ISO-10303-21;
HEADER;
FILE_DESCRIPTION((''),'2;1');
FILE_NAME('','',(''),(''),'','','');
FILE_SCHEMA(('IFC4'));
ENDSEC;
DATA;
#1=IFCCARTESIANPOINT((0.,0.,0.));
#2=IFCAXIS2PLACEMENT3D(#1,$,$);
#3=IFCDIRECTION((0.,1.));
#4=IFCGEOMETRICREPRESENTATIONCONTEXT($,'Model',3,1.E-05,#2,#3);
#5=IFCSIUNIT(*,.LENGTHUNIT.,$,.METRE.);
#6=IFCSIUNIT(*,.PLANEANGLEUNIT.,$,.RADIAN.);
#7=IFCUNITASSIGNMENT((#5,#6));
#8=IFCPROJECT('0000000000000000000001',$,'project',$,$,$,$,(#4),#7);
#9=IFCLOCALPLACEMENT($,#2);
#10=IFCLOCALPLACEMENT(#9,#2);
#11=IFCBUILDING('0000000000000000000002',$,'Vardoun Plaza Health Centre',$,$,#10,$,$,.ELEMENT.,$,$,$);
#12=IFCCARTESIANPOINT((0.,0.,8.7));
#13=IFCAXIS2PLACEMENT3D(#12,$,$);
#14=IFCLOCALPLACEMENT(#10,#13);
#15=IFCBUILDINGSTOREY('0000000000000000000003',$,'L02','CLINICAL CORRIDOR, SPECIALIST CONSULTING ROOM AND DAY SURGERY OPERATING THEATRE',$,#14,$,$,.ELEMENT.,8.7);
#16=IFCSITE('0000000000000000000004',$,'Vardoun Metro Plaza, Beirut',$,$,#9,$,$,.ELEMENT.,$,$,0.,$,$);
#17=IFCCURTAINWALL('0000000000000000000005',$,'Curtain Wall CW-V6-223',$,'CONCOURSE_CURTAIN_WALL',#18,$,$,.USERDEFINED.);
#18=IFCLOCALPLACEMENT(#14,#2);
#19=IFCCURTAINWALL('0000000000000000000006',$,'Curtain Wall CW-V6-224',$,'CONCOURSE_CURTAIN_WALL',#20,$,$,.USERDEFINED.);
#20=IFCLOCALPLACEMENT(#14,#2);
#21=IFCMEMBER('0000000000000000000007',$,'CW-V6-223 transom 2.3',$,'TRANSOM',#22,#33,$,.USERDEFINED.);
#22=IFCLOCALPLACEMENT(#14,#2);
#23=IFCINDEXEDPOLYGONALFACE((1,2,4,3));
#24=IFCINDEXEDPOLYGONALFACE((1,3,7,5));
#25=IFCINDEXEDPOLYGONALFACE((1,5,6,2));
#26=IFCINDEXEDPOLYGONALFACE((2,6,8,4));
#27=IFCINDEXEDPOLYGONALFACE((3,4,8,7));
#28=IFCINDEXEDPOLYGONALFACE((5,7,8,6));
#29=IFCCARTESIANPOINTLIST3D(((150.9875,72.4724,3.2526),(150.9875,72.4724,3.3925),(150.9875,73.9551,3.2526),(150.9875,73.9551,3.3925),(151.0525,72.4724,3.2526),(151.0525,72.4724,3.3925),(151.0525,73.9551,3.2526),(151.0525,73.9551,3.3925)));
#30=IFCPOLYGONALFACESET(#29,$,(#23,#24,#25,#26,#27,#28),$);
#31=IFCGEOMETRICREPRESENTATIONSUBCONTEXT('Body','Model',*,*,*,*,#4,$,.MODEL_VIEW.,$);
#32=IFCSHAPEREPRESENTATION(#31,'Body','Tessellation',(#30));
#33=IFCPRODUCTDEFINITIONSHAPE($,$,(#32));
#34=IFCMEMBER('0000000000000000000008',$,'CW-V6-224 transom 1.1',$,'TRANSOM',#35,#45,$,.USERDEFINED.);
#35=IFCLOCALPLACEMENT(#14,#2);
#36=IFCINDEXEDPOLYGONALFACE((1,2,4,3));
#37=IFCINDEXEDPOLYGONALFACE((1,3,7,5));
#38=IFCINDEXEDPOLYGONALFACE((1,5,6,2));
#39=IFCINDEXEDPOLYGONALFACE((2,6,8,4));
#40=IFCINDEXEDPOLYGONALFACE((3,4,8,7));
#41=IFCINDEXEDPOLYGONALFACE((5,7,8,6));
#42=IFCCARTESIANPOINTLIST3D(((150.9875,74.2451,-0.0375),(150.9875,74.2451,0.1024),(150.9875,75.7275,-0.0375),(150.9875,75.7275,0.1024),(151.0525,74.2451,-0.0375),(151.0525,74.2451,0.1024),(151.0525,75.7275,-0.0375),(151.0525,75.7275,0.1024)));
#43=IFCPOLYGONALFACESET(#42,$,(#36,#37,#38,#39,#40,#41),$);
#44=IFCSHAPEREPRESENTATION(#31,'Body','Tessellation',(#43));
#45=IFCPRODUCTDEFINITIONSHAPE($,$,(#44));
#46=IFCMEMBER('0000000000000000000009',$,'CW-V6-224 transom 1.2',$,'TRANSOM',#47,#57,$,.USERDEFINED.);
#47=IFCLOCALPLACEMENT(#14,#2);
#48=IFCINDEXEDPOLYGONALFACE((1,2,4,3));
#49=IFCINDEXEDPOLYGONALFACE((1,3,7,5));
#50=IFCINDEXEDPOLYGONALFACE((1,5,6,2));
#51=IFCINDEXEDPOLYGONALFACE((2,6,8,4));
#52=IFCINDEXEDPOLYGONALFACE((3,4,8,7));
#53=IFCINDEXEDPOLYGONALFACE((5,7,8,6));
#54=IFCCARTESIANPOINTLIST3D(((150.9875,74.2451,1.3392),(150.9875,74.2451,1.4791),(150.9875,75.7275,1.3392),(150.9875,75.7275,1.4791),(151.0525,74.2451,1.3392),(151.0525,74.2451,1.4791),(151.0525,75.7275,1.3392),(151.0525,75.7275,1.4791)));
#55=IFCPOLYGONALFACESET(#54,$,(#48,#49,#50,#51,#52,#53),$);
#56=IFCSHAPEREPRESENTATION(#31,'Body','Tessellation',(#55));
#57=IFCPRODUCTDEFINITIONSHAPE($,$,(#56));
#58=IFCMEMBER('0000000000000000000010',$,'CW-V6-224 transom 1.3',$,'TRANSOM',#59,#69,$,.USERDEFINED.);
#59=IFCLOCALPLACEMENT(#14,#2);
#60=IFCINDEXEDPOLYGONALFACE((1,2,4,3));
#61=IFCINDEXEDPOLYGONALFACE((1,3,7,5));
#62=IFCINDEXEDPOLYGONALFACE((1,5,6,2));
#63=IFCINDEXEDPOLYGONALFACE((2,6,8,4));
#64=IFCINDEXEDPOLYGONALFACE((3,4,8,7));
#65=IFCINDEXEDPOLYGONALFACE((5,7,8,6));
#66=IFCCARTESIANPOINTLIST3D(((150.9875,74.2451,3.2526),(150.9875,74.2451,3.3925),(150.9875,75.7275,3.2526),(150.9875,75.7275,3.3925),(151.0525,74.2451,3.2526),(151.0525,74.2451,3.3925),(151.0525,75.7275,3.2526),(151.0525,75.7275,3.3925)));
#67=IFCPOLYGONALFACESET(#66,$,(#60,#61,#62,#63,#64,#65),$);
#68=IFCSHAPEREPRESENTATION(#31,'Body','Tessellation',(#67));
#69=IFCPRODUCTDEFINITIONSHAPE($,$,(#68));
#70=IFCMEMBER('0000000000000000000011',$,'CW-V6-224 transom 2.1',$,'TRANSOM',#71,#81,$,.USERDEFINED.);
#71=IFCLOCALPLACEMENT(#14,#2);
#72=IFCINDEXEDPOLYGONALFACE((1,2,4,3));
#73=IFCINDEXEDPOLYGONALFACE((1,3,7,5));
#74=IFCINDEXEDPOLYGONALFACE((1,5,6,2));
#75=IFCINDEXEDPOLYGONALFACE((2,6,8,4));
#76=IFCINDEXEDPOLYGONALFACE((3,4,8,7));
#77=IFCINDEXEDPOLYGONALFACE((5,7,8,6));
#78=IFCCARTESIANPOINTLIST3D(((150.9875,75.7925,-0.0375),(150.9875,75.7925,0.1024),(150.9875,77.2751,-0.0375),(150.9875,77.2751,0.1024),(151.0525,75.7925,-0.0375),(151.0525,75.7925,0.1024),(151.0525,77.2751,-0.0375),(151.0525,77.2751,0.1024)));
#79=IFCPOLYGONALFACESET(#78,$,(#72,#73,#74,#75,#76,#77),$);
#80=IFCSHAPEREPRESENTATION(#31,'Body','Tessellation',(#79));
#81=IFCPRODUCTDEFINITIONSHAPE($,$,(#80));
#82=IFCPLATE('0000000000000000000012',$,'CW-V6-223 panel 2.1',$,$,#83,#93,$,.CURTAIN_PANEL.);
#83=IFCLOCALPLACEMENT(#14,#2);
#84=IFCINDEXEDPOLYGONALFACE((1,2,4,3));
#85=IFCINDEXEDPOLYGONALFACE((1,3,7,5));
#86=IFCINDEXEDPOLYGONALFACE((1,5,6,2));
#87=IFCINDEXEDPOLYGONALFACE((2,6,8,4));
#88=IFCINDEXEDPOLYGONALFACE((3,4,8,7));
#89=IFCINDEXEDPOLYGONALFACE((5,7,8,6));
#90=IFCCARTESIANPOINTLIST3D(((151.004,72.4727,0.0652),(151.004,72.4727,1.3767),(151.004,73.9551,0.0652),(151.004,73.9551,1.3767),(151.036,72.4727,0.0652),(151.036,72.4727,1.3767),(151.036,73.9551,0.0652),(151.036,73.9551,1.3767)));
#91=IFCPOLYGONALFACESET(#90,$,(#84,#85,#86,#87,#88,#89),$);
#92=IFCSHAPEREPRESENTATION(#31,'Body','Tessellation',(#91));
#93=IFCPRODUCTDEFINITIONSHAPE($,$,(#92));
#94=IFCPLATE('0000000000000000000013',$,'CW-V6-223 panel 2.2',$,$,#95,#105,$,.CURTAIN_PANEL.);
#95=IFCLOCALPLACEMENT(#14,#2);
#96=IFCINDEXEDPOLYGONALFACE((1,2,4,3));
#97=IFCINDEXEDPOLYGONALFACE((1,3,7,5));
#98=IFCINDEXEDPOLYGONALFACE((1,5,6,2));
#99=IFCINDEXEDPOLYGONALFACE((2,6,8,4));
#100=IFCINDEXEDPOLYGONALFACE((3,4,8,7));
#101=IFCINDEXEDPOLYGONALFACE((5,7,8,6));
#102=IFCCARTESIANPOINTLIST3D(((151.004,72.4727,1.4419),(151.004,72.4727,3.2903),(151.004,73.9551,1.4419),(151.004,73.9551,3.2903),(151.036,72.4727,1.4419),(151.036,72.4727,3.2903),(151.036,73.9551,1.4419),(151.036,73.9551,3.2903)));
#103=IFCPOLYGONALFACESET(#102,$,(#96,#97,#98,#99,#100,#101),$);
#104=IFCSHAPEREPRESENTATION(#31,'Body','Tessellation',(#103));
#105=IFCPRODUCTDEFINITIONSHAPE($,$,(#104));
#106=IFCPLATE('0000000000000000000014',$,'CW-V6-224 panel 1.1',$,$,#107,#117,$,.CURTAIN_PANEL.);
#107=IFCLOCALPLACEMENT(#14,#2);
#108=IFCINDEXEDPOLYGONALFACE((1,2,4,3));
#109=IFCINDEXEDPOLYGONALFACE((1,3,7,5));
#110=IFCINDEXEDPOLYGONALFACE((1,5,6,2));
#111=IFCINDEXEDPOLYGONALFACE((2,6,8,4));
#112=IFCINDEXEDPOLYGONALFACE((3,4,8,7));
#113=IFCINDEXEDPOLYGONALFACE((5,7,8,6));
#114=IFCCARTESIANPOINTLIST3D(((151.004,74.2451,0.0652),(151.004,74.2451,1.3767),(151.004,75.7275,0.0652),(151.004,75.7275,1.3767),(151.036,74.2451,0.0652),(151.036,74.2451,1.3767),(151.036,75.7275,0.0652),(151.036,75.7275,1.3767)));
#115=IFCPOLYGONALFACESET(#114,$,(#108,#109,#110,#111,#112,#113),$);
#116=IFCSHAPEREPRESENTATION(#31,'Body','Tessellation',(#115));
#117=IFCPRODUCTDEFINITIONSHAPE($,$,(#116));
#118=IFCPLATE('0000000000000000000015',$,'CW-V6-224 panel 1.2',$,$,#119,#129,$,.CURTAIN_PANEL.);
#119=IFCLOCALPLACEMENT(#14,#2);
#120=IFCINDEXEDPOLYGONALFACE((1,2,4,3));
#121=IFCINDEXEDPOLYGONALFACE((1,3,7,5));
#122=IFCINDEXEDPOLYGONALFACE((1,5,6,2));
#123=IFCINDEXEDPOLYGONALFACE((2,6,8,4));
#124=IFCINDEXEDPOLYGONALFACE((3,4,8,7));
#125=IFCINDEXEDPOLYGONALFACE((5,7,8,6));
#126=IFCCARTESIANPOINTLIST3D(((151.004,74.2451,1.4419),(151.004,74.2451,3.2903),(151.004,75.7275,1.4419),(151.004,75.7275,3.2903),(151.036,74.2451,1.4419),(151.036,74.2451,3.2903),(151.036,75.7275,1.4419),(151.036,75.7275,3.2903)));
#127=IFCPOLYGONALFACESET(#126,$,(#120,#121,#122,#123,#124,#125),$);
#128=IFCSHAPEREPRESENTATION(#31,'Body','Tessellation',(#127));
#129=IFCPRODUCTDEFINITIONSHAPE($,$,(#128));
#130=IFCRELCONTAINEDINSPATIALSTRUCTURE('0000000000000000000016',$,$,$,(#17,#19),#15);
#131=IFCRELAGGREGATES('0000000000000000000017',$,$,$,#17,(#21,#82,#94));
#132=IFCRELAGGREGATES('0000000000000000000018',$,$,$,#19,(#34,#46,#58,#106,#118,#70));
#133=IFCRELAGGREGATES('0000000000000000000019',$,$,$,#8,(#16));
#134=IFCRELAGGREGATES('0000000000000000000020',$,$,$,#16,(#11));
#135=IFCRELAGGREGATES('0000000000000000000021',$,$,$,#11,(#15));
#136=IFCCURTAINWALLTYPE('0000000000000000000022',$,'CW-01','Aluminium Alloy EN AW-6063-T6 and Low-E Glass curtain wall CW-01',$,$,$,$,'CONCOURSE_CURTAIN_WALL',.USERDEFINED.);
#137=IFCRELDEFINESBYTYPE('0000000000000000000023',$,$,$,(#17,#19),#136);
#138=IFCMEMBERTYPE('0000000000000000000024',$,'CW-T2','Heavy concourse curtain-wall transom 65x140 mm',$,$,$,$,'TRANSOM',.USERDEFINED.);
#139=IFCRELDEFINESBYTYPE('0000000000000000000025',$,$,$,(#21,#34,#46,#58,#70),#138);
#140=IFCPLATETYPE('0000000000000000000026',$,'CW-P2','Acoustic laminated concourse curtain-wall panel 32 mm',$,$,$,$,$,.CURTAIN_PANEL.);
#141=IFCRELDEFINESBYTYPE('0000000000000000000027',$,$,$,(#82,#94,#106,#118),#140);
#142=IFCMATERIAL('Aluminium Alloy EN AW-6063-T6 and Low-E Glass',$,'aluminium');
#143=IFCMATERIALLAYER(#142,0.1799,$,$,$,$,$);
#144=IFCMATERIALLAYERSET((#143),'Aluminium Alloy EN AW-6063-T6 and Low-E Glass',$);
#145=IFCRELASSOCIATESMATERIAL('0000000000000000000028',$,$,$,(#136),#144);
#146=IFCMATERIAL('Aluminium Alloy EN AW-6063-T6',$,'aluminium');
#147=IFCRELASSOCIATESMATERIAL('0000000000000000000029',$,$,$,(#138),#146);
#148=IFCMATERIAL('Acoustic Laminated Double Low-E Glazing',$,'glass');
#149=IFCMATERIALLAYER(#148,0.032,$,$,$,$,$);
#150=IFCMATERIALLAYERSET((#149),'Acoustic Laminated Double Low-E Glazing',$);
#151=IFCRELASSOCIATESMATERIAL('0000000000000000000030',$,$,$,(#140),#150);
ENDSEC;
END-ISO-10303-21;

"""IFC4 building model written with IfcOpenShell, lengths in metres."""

from ifc_helpers import new_model, si_unit, direction, frame, origin, origin_2d, place, context, subcontext, project, spatial, rectangle, extrude, material, layer, layer_set, material_profile, profile_set, type_object, element, aggregate, save


model = new_model("IFC4")

# Units and contexts
model_context = context("Model", 3, precision=1e-05, world=origin(), true_north=direction((0.0, 1.0)))
body_context = subcontext(model_context, "Body", "Model", "MODEL_VIEW")
ifc_project = project(units=[si_unit("LENGTHUNIT", "METRE"), si_unit("PLANEANGLEUNIT", "RADIAN")], contexts=[model_context])

# Site, building, storey
site_placement = place(None, origin())
site = spatial("IfcSite", under=ifc_project, at=site_placement, Name="Vardoun Metro Plaza, Beirut", CompositionType="ELEMENT", RefElevation=0.0)
building_placement = place(site_placement, origin())
building = spatial("IfcBuilding", under=site, at=building_placement, Name="Vardoun Plaza Health Centre", CompositionType="ELEMENT")
storey_placement = place(building_placement, frame((0.0, 0.0, 8.7)))
storey = spatial("IfcBuildingStorey", under=building, at=storey_placement, Name="L02", Description="CLINICAL CORRIDOR, SPECIALIST CONSULTING ROOM AND DAY SURGERY OPERATING THEATRE", CompositionType="ELEMENT", Elevation=8.7)

# Curtain wall
ifc_material_1 = material(Name="Aluminium Alloy EN AW-6063-T6 and Low-E Glass", Category="aluminium")
ifc_layer_1 = layer(ifc_material_1, 0.1799)
ifc_layer_set_1 = layer_set([ifc_layer_1], Name="Aluminium Alloy EN AW-6063-T6 and Low-E Glass")
curtain_wall_type = type_object("IfcCurtainWallType", Name="CW-01", Description="Aluminium Alloy EN AW-6063-T6 and Low-E Glass curtain wall CW-01", ElementType="CONCOURSE_CURTAIN_WALL", PredefinedType="USERDEFINED", material=ifc_layer_set_1)
curtain_wall_1_placement = place(storey_placement, origin())
curtain_wall_1 = element("IfcCurtainWall", 1, at=curtain_wall_1_placement, inside=storey, type_object=curtain_wall_type, Name="Curtain Wall CW-V6-223", ObjectType="CONCOURSE_CURTAIN_WALL", PredefinedType="USERDEFINED")

# Curtain wall
curtain_wall_2_placement = place(storey_placement, origin())
curtain_wall_2 = element("IfcCurtainWall", 2, at=curtain_wall_2_placement, inside=storey, type_object=curtain_wall_type, Name="Curtain Wall CW-V6-224", ObjectType="CONCOURSE_CURTAIN_WALL", PredefinedType="USERDEFINED")

# Members
ifc_material_2 = material(Name="Aluminium Alloy EN AW-6063-T6", Category="aluminium")
ifc_material_profile_1 = material_profile(ifc_material_2, rectangle(XDim=0.0649, YDim=0.1399, at=origin_2d()), Name="CWT 65x140")
ifc_profile_set_1 = profile_set([ifc_material_profile_1], Name="Aluminium Alloy EN AW-6063-T6")
member_type_1 = type_object("IfcMemberType", Name="CW-T2", Description="Heavy concourse curtain-wall transom 65x140 mm", ElementType="TRANSOM", PredefinedType="USERDEFINED", material=ifc_profile_set_1)
member_1_placement = place(storey_placement, frame((151.02, 72.4724, 3.3225), z_axis=(0.0, 1.0, 0.0), x_axis=(-1.0, 0.0, 0.0)))
member_1 = element("IfcMember", 3, at=member_1_placement, type_object=member_type_1, Name="CW-V6-223 transom 2.3", ObjectType="TRANSOM", PredefinedType="USERDEFINED", context=body_context, shape_type="SweptSolid", body=[
    extrude(rectangle(XDim=0.0649, YDim=0.1399, at=origin_2d()), origin(), (0.0, 0.0, 1.0), 1.4827),
])
member_2_placement = place(storey_placement, frame((151.02, 74.2451, 0.0325), z_axis=(0.0, 1.0, 0.0), x_axis=(-1.0, 0.0, 0.0)))
member_2 = element("IfcMember", 4, at=member_2_placement, type_object=member_type_1, Name="CW-V6-224 transom 1.1", ObjectType="TRANSOM", PredefinedType="USERDEFINED", context=body_context, shape_type="SweptSolid", body=[
    extrude(rectangle(XDim=0.0649, YDim=0.1399, at=origin_2d()), origin(), (0.0, 0.0, 1.0), 1.4824),
])
member_3_placement = place(storey_placement, frame((151.02, 74.2451, 1.4092), z_axis=(0.0, 1.0, 0.0), x_axis=(-1.0, 0.0, 0.0)))
member_3 = element("IfcMember", 5, at=member_3_placement, type_object=member_type_1, Name="CW-V6-224 transom 1.2", ObjectType="TRANSOM", PredefinedType="USERDEFINED", context=body_context, shape_type="SweptSolid", body=[
    extrude(rectangle(XDim=0.0649, YDim=0.1399, at=origin_2d()), origin(), (0.0, 0.0, 1.0), 1.4824),
])
member_4_placement = place(storey_placement, frame((151.02, 74.2451, 3.3225), z_axis=(0.0, 1.0, 0.0), x_axis=(-1.0, 0.0, 0.0)))
member_4 = element("IfcMember", 6, at=member_4_placement, type_object=member_type_1, Name="CW-V6-224 transom 1.3", ObjectType="TRANSOM", PredefinedType="USERDEFINED", context=body_context, shape_type="SweptSolid", body=[
    extrude(rectangle(XDim=0.0649, YDim=0.1399, at=origin_2d()), origin(), (0.0, 0.0, 1.0), 1.4824),
])
member_5_placement = place(storey_placement, frame((151.02, 75.7925, 0.0325), z_axis=(0.0, 1.0, 0.0), x_axis=(-1.0, 0.0, 0.0)))
member_5 = element("IfcMember", 7, at=member_5_placement, type_object=member_type_1, Name="CW-V6-224 transom 2.1", ObjectType="TRANSOM", PredefinedType="USERDEFINED", context=body_context, shape_type="SweptSolid", body=[
    extrude(rectangle(XDim=0.0649, YDim=0.1399, at=origin_2d()), origin(), (0.0, 0.0, 1.0), 1.4827),
])

# Plates
ifc_material_3 = material(Name="Acoustic Laminated Double Low-E Glazing", Category="glass")
ifc_layer_2 = layer(ifc_material_3, 0.032)
ifc_layer_set_2 = layer_set([ifc_layer_2], Name="Acoustic Laminated Double Low-E Glazing")
plate_type = type_object("IfcPlateType", Name="CW-P2", Description="Acoustic laminated concourse curtain-wall panel 32 mm", PredefinedType="CURTAIN_PANEL", material=ifc_layer_set_2)
plate_1_placement = place(storey_placement, frame((151.02, 73.2139, 0.0652), z_axis=(0.0, 0.0, 1.0), x_axis=(0.0, 1.0, 0.0)))
plate_1 = element("IfcPlate", 8, at=plate_1_placement, type_object=plate_type, Name="CW-V6-223 panel 2.1", PredefinedType="CURTAIN_PANEL", context=body_context, shape_type="SweptSolid", body=[
    extrude(rectangle(XDim=1.4824, YDim=0.032, at=origin_2d()), origin(), (0.0, 0.0, 1.0), 1.3115),
])
plate_2_placement = place(storey_placement, frame((151.02, 73.2139, 1.4419), z_axis=(0.0, 0.0, 1.0), x_axis=(0.0, 1.0, 0.0)))
plate_2 = element("IfcPlate", 9, at=plate_2_placement, type_object=plate_type, Name="CW-V6-223 panel 2.2", PredefinedType="CURTAIN_PANEL", context=body_context, shape_type="SweptSolid", body=[
    extrude(rectangle(XDim=1.4824, YDim=0.032, at=origin_2d()), origin(), (0.0, 0.0, 1.0), 1.8484),
])
aggregate(curtain_wall_1, [member_1, plate_1, plate_2])
plate_3_placement = place(storey_placement, frame((151.02, 74.9863, 0.0652), z_axis=(0.0, 0.0, 1.0), x_axis=(0.0, 1.0, 0.0)))
plate_3 = element("IfcPlate", 10, at=plate_3_placement, type_object=plate_type, Name="CW-V6-224 panel 1.1", PredefinedType="CURTAIN_PANEL", context=body_context, shape_type="SweptSolid", body=[
    extrude(rectangle(XDim=1.4824, YDim=0.032, at=origin_2d()), origin(), (0.0, 0.0, 1.0), 1.3115),
])
plate_4_placement = place(storey_placement, frame((151.02, 74.9863, 1.4419), z_axis=(0.0, 0.0, 1.0), x_axis=(0.0, 1.0, 0.0)))
plate_4 = element("IfcPlate", 11, at=plate_4_placement, type_object=plate_type, Name="CW-V6-224 panel 1.2", PredefinedType="CURTAIN_PANEL", context=body_context, shape_type="SweptSolid", body=[
    extrude(rectangle(XDim=1.4824, YDim=0.032, at=origin_2d()), origin(), (0.0, 0.0, 1.0), 1.8484),
])
aggregate(curtain_wall_2, [member_2, member_3, member_4, plate_3, plate_4, member_5])

save(model, "model.ifc")
